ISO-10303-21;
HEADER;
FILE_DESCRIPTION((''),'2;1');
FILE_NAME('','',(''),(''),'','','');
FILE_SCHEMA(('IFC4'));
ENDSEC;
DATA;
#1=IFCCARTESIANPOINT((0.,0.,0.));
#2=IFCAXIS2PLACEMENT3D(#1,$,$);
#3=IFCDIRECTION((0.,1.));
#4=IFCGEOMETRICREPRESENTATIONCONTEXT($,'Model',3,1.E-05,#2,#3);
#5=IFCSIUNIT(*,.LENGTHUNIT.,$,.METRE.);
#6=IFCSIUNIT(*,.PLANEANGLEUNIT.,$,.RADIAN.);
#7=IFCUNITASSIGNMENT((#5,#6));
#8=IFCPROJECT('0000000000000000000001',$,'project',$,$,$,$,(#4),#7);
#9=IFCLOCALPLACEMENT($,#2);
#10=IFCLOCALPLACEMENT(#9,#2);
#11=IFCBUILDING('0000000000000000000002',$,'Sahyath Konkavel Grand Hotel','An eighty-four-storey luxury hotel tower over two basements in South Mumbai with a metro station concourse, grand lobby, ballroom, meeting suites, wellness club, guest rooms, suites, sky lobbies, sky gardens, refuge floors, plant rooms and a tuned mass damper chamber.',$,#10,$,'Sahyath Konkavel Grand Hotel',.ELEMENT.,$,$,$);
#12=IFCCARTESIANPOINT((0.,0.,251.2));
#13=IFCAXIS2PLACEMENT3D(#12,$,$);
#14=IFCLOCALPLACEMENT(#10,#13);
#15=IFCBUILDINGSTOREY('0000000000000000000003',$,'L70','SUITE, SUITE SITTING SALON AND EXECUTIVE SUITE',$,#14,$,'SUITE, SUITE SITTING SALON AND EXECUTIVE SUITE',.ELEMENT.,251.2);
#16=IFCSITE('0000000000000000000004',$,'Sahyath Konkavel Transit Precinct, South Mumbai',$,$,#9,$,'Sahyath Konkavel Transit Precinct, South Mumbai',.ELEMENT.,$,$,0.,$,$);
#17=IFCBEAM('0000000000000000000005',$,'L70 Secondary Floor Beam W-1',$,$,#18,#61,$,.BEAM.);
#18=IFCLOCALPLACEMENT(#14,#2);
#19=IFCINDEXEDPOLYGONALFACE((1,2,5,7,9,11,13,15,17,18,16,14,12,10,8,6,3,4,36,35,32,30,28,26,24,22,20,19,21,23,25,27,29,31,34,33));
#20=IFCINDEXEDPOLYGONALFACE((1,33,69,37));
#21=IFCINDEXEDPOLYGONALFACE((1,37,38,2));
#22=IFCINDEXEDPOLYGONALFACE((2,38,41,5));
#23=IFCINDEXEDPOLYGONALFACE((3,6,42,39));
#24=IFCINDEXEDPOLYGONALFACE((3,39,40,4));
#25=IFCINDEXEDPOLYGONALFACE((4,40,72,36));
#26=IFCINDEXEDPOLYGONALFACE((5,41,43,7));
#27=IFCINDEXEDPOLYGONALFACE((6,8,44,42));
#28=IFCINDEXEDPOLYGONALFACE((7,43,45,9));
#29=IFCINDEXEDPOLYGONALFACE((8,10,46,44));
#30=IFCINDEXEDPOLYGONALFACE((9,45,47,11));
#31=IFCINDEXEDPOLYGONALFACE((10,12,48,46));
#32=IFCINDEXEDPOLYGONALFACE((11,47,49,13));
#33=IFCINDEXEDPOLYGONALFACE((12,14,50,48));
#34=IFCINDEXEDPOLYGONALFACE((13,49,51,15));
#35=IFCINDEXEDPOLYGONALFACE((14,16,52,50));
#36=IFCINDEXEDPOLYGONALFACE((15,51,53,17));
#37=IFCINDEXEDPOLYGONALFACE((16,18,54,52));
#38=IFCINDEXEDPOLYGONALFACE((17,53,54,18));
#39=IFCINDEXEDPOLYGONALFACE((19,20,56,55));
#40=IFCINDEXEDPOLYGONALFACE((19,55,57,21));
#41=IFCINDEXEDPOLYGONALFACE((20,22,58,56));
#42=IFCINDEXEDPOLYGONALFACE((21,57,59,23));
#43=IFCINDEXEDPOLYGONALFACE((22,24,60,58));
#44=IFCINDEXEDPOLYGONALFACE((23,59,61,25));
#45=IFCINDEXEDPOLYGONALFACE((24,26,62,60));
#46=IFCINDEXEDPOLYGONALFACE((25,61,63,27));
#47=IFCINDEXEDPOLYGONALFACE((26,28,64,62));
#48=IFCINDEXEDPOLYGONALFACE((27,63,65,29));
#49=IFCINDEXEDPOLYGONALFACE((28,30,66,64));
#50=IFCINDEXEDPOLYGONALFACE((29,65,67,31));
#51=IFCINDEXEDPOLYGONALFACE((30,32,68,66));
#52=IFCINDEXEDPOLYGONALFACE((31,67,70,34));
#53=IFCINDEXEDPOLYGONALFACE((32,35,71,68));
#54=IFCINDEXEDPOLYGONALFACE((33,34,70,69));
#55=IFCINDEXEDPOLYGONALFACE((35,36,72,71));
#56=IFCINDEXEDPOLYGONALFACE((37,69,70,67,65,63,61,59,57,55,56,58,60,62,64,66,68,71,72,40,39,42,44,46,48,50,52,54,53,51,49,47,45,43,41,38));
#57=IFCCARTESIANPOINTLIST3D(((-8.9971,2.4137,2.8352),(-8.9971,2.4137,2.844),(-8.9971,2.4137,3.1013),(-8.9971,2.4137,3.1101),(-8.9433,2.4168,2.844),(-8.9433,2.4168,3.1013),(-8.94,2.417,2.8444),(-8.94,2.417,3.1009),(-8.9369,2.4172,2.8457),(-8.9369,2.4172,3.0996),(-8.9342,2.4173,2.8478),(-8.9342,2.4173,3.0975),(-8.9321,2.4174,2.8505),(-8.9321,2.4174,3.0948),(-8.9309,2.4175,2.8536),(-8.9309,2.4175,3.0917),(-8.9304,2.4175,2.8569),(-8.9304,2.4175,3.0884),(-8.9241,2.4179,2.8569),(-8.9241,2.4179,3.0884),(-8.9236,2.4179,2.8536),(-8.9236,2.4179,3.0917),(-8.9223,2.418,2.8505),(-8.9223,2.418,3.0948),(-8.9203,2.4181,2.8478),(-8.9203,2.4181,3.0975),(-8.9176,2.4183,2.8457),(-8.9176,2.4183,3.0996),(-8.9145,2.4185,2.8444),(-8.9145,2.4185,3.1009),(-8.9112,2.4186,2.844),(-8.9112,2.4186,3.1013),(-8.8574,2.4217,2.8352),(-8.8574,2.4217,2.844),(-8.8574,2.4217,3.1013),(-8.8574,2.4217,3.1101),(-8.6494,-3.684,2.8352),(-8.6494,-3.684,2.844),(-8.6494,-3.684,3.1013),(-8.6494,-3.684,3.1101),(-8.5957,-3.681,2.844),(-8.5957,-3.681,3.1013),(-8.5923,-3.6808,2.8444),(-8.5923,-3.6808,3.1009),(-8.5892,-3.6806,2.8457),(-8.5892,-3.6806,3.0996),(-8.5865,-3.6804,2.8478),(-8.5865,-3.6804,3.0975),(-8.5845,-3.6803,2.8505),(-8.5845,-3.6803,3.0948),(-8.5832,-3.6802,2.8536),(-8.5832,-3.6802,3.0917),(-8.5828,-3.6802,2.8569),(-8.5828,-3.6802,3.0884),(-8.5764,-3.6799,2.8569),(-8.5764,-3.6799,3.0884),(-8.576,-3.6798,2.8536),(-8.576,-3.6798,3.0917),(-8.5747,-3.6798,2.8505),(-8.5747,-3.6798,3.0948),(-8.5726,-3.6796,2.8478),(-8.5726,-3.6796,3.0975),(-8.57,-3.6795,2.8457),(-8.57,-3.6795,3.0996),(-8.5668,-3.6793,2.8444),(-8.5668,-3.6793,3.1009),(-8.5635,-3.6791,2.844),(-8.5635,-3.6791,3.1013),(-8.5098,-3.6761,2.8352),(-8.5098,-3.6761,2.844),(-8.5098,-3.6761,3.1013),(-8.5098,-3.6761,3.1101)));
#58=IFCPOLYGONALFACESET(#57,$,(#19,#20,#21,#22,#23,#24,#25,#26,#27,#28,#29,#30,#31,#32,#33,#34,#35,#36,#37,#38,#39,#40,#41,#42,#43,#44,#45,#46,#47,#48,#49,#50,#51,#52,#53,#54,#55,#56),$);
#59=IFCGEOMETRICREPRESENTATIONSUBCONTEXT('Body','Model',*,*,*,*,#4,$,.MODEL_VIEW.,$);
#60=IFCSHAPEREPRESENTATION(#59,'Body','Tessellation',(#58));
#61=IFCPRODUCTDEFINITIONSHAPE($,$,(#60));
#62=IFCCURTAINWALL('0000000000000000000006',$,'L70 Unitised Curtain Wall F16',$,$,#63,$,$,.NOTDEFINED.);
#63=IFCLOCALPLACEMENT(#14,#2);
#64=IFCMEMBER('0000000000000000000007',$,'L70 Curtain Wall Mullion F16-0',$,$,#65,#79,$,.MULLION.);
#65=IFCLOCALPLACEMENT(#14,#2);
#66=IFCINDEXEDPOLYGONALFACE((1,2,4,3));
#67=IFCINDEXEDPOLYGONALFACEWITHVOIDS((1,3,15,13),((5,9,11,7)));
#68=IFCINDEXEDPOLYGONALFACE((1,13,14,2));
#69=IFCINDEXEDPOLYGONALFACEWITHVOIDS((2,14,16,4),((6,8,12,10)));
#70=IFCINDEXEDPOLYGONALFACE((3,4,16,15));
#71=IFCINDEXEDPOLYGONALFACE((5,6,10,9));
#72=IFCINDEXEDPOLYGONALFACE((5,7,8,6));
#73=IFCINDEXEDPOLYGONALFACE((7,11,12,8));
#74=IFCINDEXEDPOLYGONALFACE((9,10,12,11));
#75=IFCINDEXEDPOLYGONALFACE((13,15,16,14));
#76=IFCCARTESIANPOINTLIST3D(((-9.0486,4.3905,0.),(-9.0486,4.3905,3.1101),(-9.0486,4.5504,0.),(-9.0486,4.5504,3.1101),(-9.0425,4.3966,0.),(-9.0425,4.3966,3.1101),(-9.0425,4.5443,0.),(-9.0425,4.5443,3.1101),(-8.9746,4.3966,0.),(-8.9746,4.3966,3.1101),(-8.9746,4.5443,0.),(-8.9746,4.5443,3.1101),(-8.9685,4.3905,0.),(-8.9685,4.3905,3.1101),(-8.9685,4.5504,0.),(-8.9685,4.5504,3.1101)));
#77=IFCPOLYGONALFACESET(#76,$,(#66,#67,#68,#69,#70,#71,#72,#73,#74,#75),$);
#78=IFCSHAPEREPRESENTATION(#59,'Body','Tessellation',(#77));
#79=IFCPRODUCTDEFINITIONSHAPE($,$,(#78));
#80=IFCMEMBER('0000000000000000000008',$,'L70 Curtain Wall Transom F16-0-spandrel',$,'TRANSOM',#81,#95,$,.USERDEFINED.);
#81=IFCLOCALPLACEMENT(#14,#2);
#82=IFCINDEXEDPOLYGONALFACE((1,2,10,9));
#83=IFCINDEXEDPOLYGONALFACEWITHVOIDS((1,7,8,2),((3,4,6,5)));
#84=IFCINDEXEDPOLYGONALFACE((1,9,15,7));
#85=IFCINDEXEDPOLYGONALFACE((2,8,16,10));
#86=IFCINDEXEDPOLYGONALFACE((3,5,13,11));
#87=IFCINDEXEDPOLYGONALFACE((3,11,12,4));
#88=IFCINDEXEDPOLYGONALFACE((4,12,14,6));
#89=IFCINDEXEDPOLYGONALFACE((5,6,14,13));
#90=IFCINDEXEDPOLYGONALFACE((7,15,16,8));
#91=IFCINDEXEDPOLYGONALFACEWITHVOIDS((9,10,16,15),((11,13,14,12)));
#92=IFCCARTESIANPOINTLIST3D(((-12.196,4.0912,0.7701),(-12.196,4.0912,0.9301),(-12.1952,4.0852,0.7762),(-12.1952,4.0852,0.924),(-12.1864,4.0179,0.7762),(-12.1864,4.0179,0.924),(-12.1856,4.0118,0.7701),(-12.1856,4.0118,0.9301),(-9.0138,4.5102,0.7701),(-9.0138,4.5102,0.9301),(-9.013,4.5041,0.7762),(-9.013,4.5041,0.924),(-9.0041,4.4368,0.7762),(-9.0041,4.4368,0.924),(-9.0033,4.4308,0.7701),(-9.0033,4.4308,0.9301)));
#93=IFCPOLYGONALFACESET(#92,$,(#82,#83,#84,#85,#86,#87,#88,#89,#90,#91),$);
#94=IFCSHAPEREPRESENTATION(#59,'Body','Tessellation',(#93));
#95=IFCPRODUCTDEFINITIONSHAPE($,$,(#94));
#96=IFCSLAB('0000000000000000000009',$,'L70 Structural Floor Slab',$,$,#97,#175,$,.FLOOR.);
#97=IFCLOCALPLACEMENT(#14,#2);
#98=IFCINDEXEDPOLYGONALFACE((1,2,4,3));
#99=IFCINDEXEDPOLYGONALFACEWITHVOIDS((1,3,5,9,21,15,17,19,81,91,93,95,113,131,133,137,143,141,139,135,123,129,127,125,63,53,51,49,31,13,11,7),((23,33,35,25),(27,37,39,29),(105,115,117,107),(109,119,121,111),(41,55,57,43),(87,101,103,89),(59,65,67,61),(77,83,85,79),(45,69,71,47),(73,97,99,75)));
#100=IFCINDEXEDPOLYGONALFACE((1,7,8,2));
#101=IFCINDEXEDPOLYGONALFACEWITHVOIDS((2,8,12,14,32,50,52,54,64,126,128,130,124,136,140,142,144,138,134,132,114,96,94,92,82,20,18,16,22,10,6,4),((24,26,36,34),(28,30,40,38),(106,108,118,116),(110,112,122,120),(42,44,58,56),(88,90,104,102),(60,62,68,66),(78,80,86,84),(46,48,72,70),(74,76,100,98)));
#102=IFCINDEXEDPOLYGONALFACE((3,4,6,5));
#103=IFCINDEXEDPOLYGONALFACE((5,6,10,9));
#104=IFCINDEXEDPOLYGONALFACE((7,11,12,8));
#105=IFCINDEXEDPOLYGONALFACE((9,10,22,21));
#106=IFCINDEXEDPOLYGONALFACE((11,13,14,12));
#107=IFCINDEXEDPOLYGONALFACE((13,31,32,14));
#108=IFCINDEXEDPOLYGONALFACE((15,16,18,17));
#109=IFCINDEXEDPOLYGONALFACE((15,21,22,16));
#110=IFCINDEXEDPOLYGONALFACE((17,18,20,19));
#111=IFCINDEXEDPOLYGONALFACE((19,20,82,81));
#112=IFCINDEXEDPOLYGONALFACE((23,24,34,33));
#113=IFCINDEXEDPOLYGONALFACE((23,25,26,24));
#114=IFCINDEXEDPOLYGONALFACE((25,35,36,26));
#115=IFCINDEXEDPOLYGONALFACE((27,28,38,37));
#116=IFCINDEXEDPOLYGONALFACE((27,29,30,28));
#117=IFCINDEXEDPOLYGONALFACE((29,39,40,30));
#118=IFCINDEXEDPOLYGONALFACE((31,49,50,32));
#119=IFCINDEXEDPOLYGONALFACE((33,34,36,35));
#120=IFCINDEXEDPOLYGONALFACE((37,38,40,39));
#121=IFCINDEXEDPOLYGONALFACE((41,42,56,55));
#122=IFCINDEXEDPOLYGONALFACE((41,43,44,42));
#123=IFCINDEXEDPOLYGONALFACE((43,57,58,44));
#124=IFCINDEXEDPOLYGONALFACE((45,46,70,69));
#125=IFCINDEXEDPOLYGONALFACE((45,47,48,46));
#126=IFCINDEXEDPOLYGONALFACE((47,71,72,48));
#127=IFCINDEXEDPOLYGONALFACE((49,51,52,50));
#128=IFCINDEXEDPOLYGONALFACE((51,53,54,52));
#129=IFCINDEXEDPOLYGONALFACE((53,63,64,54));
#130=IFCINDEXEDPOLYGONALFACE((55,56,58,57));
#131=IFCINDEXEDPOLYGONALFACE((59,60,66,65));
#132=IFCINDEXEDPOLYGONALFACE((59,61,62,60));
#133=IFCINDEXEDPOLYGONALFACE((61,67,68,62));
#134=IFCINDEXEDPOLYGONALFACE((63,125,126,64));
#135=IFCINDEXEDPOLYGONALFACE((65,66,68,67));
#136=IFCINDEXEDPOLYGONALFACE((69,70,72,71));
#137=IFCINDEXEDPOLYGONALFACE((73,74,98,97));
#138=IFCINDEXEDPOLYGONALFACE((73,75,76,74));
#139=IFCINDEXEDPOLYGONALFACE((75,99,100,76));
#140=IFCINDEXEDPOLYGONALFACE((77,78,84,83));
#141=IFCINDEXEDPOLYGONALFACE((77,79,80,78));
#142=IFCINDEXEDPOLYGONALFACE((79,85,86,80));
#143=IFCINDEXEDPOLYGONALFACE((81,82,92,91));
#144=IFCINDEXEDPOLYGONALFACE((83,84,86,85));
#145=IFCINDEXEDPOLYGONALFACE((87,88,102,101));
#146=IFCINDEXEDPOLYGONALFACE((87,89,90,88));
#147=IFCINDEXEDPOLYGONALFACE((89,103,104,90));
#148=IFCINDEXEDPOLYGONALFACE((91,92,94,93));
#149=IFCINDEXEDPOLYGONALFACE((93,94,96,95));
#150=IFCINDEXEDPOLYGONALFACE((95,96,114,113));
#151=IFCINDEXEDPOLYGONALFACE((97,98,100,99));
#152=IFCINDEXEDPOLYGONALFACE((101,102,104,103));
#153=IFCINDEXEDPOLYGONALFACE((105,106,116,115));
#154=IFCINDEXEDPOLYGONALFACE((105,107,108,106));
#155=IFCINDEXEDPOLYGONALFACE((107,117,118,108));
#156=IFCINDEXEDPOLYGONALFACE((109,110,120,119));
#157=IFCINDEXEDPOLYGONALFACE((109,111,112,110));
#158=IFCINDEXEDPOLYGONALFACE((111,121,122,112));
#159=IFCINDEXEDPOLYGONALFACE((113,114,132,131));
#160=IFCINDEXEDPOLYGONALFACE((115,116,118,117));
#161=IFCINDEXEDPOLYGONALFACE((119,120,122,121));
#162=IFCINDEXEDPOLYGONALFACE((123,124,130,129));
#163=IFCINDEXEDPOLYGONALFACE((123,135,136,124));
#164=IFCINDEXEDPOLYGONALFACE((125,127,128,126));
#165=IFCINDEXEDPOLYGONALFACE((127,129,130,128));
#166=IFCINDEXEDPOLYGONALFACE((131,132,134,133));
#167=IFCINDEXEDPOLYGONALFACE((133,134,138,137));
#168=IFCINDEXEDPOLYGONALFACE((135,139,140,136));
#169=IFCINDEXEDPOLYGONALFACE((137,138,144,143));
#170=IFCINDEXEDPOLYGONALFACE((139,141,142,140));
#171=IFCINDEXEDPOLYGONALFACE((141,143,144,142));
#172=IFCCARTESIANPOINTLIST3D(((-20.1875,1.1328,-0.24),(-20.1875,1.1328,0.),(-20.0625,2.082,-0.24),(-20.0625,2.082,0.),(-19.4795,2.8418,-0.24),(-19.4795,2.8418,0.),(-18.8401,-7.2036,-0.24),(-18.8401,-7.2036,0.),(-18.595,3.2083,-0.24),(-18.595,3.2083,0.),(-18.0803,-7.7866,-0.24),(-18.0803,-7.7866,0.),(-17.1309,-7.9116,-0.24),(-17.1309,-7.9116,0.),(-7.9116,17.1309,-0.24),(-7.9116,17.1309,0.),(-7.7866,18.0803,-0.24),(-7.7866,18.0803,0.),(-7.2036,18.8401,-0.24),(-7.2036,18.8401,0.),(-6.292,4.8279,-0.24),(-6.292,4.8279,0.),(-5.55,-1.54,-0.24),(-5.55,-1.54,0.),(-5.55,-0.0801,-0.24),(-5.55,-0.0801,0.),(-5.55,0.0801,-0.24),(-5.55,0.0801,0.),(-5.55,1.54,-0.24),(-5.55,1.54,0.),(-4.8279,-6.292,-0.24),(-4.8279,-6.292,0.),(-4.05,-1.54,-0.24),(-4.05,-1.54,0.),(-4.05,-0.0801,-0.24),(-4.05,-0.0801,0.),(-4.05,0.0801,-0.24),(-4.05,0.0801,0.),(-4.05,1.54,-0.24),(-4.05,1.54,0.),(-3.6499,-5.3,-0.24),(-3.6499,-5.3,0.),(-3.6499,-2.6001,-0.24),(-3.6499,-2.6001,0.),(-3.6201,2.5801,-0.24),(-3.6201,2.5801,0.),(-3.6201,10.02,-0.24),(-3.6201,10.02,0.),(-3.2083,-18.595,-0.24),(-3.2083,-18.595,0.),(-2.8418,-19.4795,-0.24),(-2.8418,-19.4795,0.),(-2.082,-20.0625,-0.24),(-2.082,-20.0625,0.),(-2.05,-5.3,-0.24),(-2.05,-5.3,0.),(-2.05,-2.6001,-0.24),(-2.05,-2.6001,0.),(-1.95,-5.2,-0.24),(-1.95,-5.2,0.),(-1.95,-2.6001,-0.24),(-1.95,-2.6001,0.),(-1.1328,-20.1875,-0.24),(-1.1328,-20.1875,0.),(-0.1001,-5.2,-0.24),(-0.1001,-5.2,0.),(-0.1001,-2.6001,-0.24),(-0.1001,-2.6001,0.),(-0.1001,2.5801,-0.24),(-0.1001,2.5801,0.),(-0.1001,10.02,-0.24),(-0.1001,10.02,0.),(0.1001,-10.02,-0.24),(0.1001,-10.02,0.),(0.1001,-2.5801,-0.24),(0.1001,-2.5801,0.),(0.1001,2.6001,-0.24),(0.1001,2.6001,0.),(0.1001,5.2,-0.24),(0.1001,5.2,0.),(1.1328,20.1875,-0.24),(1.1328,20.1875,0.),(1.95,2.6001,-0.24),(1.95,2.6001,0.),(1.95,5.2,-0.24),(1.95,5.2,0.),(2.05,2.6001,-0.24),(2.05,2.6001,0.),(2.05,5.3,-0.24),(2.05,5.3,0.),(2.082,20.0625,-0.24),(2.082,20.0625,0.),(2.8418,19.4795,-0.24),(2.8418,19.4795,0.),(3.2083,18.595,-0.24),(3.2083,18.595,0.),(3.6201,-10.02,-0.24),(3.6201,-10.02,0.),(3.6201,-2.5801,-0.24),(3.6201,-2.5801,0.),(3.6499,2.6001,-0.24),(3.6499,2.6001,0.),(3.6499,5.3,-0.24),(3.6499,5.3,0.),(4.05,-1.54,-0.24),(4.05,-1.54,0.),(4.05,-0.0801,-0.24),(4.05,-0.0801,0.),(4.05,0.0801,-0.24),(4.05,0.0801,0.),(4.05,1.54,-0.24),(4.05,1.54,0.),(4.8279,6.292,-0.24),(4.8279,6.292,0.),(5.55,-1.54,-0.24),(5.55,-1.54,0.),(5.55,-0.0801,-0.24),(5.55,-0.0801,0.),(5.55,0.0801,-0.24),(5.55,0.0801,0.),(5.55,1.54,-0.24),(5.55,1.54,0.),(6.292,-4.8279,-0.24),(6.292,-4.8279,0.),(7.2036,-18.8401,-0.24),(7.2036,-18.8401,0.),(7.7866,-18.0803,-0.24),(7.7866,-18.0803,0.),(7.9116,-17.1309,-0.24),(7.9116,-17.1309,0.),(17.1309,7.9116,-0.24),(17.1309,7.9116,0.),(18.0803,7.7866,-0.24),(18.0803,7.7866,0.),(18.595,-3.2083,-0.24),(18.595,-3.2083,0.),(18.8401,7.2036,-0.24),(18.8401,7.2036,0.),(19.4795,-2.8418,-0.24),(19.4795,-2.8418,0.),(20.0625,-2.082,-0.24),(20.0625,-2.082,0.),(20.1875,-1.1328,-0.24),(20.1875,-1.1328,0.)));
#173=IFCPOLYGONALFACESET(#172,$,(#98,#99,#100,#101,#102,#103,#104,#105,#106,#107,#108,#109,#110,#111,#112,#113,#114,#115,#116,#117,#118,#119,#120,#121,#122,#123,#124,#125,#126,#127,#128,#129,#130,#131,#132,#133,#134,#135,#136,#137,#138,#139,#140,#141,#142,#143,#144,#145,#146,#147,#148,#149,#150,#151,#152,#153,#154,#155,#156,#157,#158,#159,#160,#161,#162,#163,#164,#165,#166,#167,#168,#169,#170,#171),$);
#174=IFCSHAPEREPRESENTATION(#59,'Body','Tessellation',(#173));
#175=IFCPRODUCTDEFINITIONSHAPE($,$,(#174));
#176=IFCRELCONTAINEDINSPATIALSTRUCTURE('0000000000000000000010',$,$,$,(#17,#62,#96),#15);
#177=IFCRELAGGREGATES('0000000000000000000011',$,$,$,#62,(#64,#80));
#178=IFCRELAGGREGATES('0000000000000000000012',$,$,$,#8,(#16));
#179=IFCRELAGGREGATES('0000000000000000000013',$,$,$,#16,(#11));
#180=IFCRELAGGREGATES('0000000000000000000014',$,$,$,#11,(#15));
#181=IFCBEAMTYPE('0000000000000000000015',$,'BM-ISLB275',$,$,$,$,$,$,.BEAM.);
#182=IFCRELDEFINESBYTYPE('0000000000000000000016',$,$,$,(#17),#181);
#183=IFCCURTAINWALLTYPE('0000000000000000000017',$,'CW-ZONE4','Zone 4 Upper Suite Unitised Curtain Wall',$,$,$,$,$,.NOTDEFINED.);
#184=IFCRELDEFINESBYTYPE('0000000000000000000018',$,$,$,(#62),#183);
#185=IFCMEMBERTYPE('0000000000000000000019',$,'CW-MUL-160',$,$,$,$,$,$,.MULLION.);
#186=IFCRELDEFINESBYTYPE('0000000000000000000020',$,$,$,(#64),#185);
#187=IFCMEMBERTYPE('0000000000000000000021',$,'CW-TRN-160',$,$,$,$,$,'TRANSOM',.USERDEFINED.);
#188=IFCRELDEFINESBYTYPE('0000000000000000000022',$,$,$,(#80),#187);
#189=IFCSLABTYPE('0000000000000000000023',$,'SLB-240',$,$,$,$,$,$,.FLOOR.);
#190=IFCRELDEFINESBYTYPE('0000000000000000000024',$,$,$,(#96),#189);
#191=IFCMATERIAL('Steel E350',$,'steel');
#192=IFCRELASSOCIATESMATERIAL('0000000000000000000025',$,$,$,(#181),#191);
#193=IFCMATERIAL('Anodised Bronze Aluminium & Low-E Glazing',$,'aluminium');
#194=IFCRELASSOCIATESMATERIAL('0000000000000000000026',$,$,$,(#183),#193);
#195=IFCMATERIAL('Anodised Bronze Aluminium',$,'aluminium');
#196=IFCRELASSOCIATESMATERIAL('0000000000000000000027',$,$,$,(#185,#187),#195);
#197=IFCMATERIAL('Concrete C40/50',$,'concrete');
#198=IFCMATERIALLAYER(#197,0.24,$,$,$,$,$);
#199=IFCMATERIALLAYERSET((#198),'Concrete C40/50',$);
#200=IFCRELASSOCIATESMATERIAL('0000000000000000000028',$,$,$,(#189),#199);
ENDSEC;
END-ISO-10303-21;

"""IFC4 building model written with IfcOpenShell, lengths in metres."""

from ifc_helpers import new_model, si_unit, direction, frame, origin, origin_2d, place, context, subcontext, project, spatial, polyline, hollow_rectangle, i_section, outline, extrude, source, transform, mapped, material, layer, layer_set, material_profile, profile_set, type_object, element, aggregate, save


model = new_model("IFC4")

# Units and contexts
model_context = context("Model", 3, precision=1e-05, world=origin(), true_north=direction((0.0, 1.0)))
body_context = subcontext(model_context, "Body", "Model", "MODEL_VIEW")
ifc_project = project(units=[si_unit("LENGTHUNIT", "METRE"), si_unit("PLANEANGLEUNIT", "RADIAN")], contexts=[model_context])

# Site, building, storey
site_placement = place(None, origin())
site = spatial("IfcSite", under=ifc_project, at=site_placement, Name="Sahyath Konkavel Transit Precinct, South Mumbai", LongName="Sahyath Konkavel Transit Precinct, South Mumbai", CompositionType="ELEMENT", RefElevation=0.0)
building_placement = place(site_placement, origin())
building = spatial("IfcBuilding", under=site, at=building_placement, Name="Sahyath Konkavel Grand Hotel", Description="An eighty-four-storey luxury hotel tower over two basements in South Mumbai with a metro station concourse, grand lobby, ballroom, meeting suites, wellness club, guest rooms, suites, sky lobbies, sky gardens, refuge floors, plant rooms and a tuned mass damper chamber.", LongName="Sahyath Konkavel Grand Hotel", CompositionType="ELEMENT")
storey_placement = place(building_placement, frame((0.0, 0.0, 251.2)))
storey = spatial("IfcBuildingStorey", under=building, at=storey_placement, Name="L70", Description="SUITE, SUITE SITTING SALON AND EXECUTIVE SUITE", LongName="SUITE, SUITE SITTING SALON AND EXECUTIVE SUITE", CompositionType="ELEMENT", Elevation=251.2)

# Shared definitions
ifc_material_1 = material(Name="Concrete C40/50", Category="concrete")

# Beam
ifc_material_2 = material(Name="Steel E350", Category="steel")
ifc_material_profile_1 = material_profile(ifc_material_2, i_section(OverallWidth=0.1399, OverallDepth=0.2749, WebThickness=0.0063, FlangeThickness=0.0088, FilletRadius=0.0129, at=origin_2d()), Name="ISLB 275")
ifc_profile_set_1 = profile_set([ifc_material_profile_1], Name="Steel E350")
beam_type_1 = type_object("IfcBeamType", Name="BM-ISLB275", PredefinedType="BEAM", material=ifc_profile_set_1)
shared_shape_1 = source(origin(), body_context, "Body", "SweptSolid", [
    extrude(i_section(OverallWidth=0.1399, OverallDepth=0.2749, WebThickness=0.0063, FlangeThickness=0.0088, FilletRadius=0.0129, at=origin_2d()), origin(), (0.0, 0.0, 1.0), 6.1077),
])
beam_1_placement = place(storey_placement, frame((-8.9272, 2.4177, 2.9727), z_axis=(0.056922, -0.998379, 0.0), x_axis=(0.998379, 0.056922, 0.0)))
element("IfcBeam", 1, at=beam_1_placement, inside=storey, type_object=beam_type_1, Name="L70 Secondary Floor Beam W-1", PredefinedType="BEAM", context=body_context, shape_type="MappedRepresentation", body=[
    mapped(shared_shape_1, transform((0.0, 0.0, 0.0), scale=1.0)),
])

# Curtain wall, members
ifc_material_3 = material(Name="Anodised Bronze Aluminium & Low-E Glazing", Category="aluminium")
curtain_wall_type = type_object("IfcCurtainWallType", Name="CW-ZONE4", Description="Zone 4 Upper Suite Unitised Curtain Wall", PredefinedType="NOTDEFINED", material=ifc_material_3)
curtain_wall_placement = place(storey_placement, origin())
curtain_wall = element("IfcCurtainWall", 2, at=curtain_wall_placement, inside=storey, type_object=curtain_wall_type, Name="L70 Unitised Curtain Wall F16", PredefinedType="NOTDEFINED")
ifc_material_4 = material(Name="Anodised Bronze Aluminium", Category="aluminium")
ifc_material_profile_2 = material_profile(ifc_material_4, hollow_rectangle(XDim=0.0801, YDim=0.1599, WallThickness=0.0061, at=origin_2d()), Name="RHS 160x80x6")
ifc_profile_set_2 = profile_set([ifc_material_profile_2], Name="Anodised Bronze Aluminium")
member_type_1 = type_object("IfcMemberType", Name="CW-MUL-160", PredefinedType="MULLION", material=ifc_profile_set_2)
shared_shape_2 = source(origin(), body_context, "Body", "SweptSolid", [
    extrude(hollow_rectangle(XDim=0.0801, YDim=0.1599, WallThickness=0.0061, at=origin_2d()), origin(), (0.0, 0.0, 1.0), 3.1101),
])
member_1_placement = place(storey_placement, frame((-9.0085, 4.4705, 0.0), z_axis=(0.0, 0.0, 1.0), x_axis=(1.0, 0.0, 0.0)))
member_1 = element("IfcMember", 3, at=member_1_placement, type_object=member_type_1, Name="L70 Curtain Wall Mullion F16-0", PredefinedType="MULLION", context=body_context, shape_type="MappedRepresentation", body=[
    mapped(shared_shape_2, transform((0.0, 0.0, 0.0), scale=1.0)),
])
ifc_material_profile_3 = material_profile(ifc_material_4, hollow_rectangle(XDim=0.0801, YDim=0.1599, WallThickness=0.0061, at=origin_2d()), Name="RHS 160x80x6")
ifc_profile_set_3 = profile_set([ifc_material_profile_3], Name="Anodised Bronze Aluminium")
member_type_2 = type_object("IfcMemberType", Name="CW-TRN-160", ElementType="TRANSOM", PredefinedType="USERDEFINED", material=ifc_profile_set_3)
shared_shape_3 = source(origin(), body_context, "Body", "SweptSolid", [
    extrude(hollow_rectangle(XDim=0.0801, YDim=0.1599, WallThickness=0.0061, at=origin_2d()), origin(), (0.0, 0.0, 1.0), 3.2097),
])
member_2_placement = place(storey_placement, frame((-9.0085, 4.4705, 0.8501), z_axis=(-0.991446, -0.130519, 0.0), x_axis=(0.130519, -0.991446, 0.0)))
member_2 = element("IfcMember", 4, at=member_2_placement, type_object=member_type_2, Name="L70 Curtain Wall Transom F16-0-spandrel", ObjectType="TRANSOM", PredefinedType="USERDEFINED", context=body_context, shape_type="MappedRepresentation", body=[
    mapped(shared_shape_3, transform((0.0, 0.0, 0.0), scale=1.0)),
])

# Slab
ifc_layer_1 = layer(ifc_material_1, 0.24)
ifc_layer_set_1 = layer_set([ifc_layer_1], Name="Concrete C40/50")
slab_type_1 = type_object("IfcSlabType", Name="SLB-240", PredefinedType="FLOOR", material=ifc_layer_set_1)
slab_1_placement = place(storey_placement, frame((0.0, 0.0, -0.24)))
element("IfcSlab", 5, at=slab_1_placement, inside=storey, type_object=slab_type_1, Name="L70 Structural Floor Slab", PredefinedType="FLOOR", context=body_context, shape_type="SweptSolid", body=[
    extrude(outline(polyline([(6.292, -4.8279), (18.595, -3.2083), (19.4795, -2.8418), (20.0625, -2.082), (20.1875, -1.1328), (18.8401, 7.2036), (18.0803, 7.7866), (17.1309, 7.9116), (4.8279, 6.292), (3.2083, 18.595), (2.8418, 19.4795), (2.082, 20.0625), (1.1328, 20.1875), (-7.2036, 18.8401), (-7.7866, 18.0803), (-7.9116, 17.1309), (-6.292, 4.8279), (-18.595, 3.2083), (-19.4795, 2.8418), (-20.0625, 2.082), (-20.1875, 1.1328), (-18.8401, -7.2036), (-18.0803, -7.7866), (-17.1309, -7.9116), (-4.8279, -6.292), (-3.2083, -18.595), (-2.8418, -19.4795), (-2.082, -20.0625), (-1.1328, -20.1875), (7.2036, -18.8401), (7.7866, -18.0803), (7.9116, -17.1309), (6.292, -4.8279)]), holes=[polyline([(-3.6201, 2.5801), (-0.1001, 2.5801), (-0.1001, 10.02), (-3.6201, 10.02), (-3.6201, 2.5801)]), polyline([(0.1001, -10.02), (3.6201, -10.02), (3.6201, -2.5801), (0.1001, -2.5801), (0.1001, -10.02)]), polyline([(0.1001, 2.6001), (1.95, 2.6001), (1.95, 5.2), (0.1001, 5.2), (0.1001, 2.6001)]), polyline([(-1.95, -5.2), (-0.1001, -5.2), (-0.1001, -2.6001), (-1.95, -2.6001), (-1.95, -5.2)]), polyline([(2.05, 2.6001), (3.6499, 2.6001), (3.6499, 5.3), (2.05, 5.3), (2.05, 2.6001)]), polyline([(-3.6499, -5.3), (-2.05, -5.3), (-2.05, -2.6001), (-3.6499, -2.6001), (-3.6499, -5.3)]), polyline([(4.05, 0.0801), (5.55, 0.0801), (5.55, 1.54), (4.05, 1.54), (4.05, 0.0801)]), polyline([(4.05, -1.54), (5.55, -1.54), (5.55, -0.0801), (4.05, -0.0801), (4.05, -1.54)]), polyline([(-5.55, 0.0801), (-4.05, 0.0801), (-4.05, 1.54), (-5.55, 1.54), (-5.55, 0.0801)]), polyline([(-5.55, -1.54), (-4.05, -1.54), (-4.05, -0.0801), (-5.55, -0.0801), (-5.55, -1.54)])]), origin(), (0.0, 0.0, 1.0), 0.24),
])

aggregate(curtain_wall, [member_1, member_2])

save(model, "model.ifc")
